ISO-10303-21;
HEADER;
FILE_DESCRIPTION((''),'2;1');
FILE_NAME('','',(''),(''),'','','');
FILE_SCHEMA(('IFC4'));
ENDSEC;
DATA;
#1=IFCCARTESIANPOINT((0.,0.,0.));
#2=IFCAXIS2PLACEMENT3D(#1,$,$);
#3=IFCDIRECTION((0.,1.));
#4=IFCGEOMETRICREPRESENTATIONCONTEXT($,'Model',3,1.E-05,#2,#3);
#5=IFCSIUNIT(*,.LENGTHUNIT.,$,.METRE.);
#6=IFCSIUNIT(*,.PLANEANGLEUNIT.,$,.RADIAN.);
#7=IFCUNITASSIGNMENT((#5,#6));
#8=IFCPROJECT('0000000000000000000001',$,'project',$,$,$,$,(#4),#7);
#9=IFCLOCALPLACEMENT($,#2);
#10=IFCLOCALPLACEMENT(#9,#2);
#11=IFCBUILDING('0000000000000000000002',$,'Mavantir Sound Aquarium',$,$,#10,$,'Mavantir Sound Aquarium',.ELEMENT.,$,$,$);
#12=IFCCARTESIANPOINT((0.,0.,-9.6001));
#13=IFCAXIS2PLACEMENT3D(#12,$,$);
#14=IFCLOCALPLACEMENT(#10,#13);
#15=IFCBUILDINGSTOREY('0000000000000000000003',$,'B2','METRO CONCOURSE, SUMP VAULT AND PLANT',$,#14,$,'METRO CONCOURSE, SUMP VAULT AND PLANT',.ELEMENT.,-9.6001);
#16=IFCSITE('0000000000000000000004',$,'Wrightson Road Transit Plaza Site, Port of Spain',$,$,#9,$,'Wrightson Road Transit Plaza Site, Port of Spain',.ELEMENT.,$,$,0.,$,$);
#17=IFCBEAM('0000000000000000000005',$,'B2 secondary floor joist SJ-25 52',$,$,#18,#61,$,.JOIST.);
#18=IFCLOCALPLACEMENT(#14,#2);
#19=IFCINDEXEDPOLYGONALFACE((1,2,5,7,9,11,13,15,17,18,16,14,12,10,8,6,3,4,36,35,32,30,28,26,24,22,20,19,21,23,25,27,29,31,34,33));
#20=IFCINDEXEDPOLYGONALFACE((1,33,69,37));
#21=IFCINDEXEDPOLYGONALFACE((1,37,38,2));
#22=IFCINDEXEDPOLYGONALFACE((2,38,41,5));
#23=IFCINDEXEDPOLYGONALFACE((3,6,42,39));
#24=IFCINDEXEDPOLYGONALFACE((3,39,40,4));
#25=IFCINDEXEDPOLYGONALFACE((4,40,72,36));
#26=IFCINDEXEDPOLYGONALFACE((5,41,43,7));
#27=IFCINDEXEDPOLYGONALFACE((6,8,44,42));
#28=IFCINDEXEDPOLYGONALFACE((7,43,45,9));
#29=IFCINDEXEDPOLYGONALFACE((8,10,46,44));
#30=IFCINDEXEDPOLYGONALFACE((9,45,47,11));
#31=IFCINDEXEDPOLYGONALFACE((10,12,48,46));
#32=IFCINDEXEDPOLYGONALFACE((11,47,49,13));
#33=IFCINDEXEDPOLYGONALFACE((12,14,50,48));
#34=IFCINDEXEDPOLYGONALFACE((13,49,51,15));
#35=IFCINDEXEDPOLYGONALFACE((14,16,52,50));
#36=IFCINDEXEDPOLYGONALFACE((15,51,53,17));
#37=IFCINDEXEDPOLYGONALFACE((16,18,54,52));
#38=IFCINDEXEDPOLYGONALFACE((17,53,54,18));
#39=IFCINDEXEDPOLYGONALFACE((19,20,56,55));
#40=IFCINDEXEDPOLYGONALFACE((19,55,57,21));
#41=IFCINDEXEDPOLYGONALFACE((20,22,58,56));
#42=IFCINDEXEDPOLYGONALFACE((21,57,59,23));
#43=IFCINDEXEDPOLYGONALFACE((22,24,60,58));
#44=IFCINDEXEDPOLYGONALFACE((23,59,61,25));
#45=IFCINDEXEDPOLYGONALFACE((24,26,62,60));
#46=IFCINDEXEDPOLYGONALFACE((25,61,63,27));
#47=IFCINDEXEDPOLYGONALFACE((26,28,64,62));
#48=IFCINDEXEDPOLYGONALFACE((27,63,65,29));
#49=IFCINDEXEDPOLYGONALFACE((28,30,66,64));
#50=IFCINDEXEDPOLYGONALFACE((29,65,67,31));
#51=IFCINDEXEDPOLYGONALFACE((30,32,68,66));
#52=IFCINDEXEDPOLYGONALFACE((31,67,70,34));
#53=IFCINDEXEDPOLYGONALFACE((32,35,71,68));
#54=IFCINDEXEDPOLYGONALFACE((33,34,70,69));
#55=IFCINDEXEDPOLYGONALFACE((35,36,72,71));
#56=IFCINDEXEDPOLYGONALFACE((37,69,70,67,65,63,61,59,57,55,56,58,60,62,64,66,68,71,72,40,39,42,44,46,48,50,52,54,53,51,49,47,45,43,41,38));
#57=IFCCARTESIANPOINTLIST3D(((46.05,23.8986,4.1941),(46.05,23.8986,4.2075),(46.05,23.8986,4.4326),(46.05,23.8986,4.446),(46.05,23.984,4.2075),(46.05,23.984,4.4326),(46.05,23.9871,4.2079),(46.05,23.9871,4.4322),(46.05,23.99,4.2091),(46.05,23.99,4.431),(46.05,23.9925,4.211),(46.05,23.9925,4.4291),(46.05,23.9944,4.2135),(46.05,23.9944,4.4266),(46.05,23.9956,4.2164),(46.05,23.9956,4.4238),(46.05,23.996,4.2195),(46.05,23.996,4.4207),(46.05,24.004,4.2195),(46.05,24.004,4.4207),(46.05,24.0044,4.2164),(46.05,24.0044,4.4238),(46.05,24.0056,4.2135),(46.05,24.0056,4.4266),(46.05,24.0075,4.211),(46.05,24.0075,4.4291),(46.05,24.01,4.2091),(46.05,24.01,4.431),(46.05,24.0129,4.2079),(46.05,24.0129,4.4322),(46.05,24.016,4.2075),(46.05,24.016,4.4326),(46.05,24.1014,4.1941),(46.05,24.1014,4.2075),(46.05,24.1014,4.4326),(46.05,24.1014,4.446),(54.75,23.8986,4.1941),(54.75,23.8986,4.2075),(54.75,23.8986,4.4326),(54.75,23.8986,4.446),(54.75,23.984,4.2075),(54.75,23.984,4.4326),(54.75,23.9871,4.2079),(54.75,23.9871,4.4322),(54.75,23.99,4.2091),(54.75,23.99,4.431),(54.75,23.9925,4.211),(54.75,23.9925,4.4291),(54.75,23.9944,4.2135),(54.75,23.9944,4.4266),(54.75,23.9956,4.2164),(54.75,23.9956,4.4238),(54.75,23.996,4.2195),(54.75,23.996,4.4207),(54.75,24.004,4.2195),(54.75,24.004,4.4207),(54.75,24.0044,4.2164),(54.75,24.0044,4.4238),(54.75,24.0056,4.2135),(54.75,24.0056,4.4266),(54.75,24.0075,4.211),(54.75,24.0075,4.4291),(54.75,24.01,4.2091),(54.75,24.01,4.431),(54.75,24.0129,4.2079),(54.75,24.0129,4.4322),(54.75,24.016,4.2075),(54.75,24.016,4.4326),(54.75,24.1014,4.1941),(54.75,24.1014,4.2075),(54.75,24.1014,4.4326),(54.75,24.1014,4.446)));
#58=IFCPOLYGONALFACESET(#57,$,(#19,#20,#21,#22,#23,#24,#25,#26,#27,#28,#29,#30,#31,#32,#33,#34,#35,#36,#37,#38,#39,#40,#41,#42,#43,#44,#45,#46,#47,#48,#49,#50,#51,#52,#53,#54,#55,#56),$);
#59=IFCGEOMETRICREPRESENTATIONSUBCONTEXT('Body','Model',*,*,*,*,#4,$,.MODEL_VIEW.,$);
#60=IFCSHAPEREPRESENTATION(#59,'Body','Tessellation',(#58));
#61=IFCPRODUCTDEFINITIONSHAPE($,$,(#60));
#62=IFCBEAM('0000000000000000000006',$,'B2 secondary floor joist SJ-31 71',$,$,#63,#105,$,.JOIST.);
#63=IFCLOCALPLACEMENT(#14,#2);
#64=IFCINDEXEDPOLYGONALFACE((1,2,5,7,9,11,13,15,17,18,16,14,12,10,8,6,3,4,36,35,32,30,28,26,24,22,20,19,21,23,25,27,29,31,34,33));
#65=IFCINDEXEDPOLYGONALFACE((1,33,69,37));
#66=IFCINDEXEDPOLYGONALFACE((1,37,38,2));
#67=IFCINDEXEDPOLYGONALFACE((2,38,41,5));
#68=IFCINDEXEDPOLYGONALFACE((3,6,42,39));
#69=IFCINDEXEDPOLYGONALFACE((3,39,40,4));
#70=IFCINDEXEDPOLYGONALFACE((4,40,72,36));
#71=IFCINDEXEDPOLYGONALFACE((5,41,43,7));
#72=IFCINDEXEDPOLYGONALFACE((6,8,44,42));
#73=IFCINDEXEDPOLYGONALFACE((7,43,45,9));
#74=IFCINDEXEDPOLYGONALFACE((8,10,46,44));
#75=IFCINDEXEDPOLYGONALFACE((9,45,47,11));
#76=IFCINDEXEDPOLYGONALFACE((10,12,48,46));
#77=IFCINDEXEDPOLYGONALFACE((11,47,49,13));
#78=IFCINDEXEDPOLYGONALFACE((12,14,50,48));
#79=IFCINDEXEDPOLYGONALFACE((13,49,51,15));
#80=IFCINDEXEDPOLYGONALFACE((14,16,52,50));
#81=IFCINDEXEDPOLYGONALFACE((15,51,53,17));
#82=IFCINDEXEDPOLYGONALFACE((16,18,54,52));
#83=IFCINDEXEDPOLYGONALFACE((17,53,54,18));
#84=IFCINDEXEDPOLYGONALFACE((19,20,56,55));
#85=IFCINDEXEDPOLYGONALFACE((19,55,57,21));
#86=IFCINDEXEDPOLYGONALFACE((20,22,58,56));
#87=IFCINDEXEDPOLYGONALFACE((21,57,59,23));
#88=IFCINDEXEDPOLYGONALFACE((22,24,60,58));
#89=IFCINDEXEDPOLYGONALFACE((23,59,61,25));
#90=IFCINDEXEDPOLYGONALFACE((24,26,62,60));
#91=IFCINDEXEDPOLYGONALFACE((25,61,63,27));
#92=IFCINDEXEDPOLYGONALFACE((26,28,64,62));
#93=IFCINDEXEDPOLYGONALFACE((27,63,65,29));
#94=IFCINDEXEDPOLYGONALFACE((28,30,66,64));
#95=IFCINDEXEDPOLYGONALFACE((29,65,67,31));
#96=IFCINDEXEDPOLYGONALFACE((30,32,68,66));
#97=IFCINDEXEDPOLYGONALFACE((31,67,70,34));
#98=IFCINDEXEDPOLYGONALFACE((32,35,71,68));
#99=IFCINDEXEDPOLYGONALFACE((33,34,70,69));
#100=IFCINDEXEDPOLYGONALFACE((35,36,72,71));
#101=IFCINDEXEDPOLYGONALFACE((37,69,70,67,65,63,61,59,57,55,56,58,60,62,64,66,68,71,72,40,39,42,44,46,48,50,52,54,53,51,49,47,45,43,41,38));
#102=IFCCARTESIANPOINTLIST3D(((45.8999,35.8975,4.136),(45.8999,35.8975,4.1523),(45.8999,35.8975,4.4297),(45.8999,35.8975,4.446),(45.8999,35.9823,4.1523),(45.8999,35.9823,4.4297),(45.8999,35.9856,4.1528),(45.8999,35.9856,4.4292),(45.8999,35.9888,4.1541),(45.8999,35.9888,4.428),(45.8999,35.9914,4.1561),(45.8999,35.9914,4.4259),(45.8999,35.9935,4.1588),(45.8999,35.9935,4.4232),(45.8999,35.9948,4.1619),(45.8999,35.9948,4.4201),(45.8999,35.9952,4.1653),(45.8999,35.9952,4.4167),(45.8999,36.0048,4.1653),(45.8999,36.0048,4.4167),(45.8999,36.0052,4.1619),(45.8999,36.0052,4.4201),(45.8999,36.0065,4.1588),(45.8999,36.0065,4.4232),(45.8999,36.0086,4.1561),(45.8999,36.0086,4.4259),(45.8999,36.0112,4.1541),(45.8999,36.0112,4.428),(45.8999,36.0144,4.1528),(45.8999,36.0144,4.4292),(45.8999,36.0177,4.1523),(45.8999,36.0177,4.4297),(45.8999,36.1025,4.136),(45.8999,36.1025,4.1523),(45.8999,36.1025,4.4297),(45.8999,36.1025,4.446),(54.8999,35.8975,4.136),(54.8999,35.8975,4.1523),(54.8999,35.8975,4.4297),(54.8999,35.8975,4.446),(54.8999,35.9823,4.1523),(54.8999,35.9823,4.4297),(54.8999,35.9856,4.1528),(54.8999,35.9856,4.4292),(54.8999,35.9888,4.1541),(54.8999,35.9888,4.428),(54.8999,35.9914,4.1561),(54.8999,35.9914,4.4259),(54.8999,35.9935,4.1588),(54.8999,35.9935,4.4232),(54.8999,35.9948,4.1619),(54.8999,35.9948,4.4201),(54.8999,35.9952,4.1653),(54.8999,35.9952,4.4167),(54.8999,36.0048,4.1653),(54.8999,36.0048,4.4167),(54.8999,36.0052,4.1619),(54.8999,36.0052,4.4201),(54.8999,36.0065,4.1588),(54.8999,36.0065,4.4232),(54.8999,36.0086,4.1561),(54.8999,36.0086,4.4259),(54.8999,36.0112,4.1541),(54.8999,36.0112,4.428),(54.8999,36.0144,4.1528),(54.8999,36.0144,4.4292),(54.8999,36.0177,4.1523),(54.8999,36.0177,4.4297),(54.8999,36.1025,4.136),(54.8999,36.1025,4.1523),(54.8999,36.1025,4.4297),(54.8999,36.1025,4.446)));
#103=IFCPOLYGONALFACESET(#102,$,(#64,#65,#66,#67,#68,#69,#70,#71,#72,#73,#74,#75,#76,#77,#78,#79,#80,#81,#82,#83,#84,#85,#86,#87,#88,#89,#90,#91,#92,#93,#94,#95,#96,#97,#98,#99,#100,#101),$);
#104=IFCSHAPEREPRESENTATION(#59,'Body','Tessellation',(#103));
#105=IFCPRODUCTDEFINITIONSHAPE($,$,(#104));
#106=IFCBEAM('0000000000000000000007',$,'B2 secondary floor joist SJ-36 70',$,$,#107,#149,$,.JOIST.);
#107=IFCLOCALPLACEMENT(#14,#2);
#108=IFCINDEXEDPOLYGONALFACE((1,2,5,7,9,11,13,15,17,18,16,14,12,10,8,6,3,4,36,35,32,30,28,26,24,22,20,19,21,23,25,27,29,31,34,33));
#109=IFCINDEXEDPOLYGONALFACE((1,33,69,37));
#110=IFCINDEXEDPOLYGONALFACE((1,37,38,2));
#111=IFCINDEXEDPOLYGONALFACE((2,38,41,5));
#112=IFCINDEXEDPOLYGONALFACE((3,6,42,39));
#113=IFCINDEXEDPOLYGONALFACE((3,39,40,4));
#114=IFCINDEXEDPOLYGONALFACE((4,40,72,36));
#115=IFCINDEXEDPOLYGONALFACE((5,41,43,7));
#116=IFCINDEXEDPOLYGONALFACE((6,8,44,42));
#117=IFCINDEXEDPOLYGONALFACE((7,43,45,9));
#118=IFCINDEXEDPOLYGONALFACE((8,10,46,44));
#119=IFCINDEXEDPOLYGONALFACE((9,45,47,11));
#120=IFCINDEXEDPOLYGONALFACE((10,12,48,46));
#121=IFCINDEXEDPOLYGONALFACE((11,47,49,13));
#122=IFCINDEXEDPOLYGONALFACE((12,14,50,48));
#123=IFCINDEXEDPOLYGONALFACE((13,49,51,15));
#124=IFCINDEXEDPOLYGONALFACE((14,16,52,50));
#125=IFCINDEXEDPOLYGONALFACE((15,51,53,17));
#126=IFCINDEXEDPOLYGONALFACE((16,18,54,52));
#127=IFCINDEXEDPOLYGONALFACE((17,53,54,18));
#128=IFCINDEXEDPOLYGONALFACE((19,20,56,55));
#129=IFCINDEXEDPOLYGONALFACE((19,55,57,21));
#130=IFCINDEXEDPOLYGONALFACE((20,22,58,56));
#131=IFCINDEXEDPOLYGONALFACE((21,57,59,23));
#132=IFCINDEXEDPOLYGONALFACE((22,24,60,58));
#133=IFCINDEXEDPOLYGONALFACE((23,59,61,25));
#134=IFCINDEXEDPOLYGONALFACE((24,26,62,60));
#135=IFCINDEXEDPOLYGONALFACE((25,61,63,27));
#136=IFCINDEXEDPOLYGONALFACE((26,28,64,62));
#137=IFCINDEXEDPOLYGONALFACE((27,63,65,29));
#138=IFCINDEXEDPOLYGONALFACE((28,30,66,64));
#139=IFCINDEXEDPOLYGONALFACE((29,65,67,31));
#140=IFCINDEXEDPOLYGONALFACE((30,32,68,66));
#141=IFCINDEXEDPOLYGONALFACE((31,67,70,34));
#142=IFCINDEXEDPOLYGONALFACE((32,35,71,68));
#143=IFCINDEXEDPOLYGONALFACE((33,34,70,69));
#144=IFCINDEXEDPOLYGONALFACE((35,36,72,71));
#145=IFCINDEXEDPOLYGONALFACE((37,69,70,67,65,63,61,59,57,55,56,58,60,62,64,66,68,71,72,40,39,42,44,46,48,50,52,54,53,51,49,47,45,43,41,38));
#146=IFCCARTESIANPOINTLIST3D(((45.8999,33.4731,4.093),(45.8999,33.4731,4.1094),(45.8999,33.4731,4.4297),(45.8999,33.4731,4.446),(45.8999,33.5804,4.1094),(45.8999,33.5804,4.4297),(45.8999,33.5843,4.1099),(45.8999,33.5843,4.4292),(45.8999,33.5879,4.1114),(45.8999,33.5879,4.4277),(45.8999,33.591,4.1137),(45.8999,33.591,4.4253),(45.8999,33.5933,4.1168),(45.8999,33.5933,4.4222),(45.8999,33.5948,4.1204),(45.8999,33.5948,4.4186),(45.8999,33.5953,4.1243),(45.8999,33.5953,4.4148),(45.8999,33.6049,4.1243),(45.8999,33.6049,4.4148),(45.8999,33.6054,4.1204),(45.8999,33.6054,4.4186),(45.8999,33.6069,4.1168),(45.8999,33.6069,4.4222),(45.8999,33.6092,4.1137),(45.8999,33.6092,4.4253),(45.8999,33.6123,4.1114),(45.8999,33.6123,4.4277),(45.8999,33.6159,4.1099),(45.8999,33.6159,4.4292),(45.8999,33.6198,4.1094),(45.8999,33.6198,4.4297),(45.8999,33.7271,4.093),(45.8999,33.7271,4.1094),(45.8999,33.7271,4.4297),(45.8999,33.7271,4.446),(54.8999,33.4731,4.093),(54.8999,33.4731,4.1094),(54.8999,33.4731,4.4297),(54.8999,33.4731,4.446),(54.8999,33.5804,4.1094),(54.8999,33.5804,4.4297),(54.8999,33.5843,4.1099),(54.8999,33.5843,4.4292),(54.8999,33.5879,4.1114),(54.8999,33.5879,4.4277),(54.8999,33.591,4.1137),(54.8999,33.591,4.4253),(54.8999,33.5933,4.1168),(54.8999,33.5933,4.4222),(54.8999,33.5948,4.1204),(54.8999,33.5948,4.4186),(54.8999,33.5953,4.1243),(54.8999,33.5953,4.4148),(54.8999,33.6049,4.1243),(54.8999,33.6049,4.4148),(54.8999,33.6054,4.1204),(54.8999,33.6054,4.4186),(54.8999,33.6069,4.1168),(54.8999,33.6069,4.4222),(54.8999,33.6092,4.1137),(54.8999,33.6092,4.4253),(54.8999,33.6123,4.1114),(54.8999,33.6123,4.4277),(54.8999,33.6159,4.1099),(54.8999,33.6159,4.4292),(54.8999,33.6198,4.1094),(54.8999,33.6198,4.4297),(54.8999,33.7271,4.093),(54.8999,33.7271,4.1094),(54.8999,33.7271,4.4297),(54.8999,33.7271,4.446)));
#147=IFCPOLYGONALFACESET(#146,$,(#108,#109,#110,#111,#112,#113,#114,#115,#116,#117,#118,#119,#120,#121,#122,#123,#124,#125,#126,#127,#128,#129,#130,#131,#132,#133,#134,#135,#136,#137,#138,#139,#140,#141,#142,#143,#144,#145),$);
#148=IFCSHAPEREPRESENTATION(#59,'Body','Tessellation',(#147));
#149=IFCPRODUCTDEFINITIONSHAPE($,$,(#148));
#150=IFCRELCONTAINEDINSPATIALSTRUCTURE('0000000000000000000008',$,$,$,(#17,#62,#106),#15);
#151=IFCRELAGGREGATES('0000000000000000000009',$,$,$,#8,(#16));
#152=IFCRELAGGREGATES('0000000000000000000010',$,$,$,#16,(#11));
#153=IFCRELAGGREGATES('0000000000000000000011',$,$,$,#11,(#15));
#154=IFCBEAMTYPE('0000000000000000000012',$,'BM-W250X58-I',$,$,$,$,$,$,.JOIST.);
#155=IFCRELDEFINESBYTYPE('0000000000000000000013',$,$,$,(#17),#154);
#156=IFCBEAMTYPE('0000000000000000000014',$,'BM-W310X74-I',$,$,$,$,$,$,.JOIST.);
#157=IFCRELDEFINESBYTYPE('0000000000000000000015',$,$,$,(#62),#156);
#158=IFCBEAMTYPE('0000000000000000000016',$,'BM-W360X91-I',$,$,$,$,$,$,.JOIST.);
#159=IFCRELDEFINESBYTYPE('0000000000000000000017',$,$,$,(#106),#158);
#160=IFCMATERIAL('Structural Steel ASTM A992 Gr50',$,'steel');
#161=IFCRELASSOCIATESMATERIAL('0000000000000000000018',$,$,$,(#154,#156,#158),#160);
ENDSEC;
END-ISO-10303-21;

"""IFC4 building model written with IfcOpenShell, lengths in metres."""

from ifc_helpers import new_model, si_unit, direction, frame, origin, origin_2d, place, context, subcontext, project, spatial, i_section, extrude, material, material_profile, profile_set, type_object, element, save


model = new_model("IFC4")

# Units and contexts
model_context = context("Model", 3, precision=1e-05, world=origin(), true_north=direction((0.0, 1.0)))
body_context = subcontext(model_context, "Body", "Model", "MODEL_VIEW")
ifc_project = project(units=[si_unit("LENGTHUNIT", "METRE"), si_unit("PLANEANGLEUNIT", "RADIAN")], contexts=[model_context])

# Site, building, storey
site_placement = place(None, origin())
site = spatial("IfcSite", under=ifc_project, at=site_placement, Name="Wrightson Road Transit Plaza Site, Port of Spain", LongName="Wrightson Road Transit Plaza Site, Port of Spain", CompositionType="ELEMENT", RefElevation=0.0)
building_placement = place(site_placement, origin())
building = spatial("IfcBuilding", under=site, at=building_placement, Name="Mavantir Sound Aquarium", LongName="Mavantir Sound Aquarium", CompositionType="ELEMENT")
storey_placement = place(building_placement, frame((0.0, 0.0, -9.6001)))
storey = spatial("IfcBuildingStorey", under=building, at=storey_placement, Name="B2", Description="METRO CONCOURSE, SUMP VAULT AND PLANT", LongName="METRO CONCOURSE, SUMP VAULT AND PLANT", CompositionType="ELEMENT", Elevation=-9.6001)

# Beams
ifc_material_1 = material(Name="Structural Steel ASTM A992 Gr50", Category="steel")
ifc_material_profile_1 = material_profile(ifc_material_1, i_section(OverallWidth=0.2029, OverallDepth=0.252, WebThickness=0.0081, FlangeThickness=0.0134, FilletRadius=0.012, at=origin_2d()), Name="W250X58")
ifc_profile_set_1 = profile_set([ifc_material_profile_1], Name="Structural Steel ASTM A992 Gr50")
beam_type_1 = type_object("IfcBeamType", Name="BM-W250X58-I", PredefinedType="JOIST", material=ifc_profile_set_1)
beam_1_placement = place(storey_placement, frame((46.05, 24.0, 4.3201), z_axis=(1.0, 0.0, 0.0), x_axis=(0.0, 1.0, 0.0)))
element("IfcBeam", 1, at=beam_1_placement, inside=storey, type_object=beam_type_1, Name="B2 secondary floor joist SJ-25 52", PredefinedType="JOIST", context=body_context, shape_type="SweptSolid", body=[
    extrude(i_section(OverallWidth=0.2029, OverallDepth=0.252, WebThickness=0.0081, FlangeThickness=0.0134, FilletRadius=0.012, at=origin_2d()), origin(), (0.0, 0.0, 1.0), 8.7),
])
ifc_material_profile_2 = material_profile(ifc_material_1, i_section(OverallWidth=0.2051, OverallDepth=0.3101, WebThickness=0.0095, FlangeThickness=0.0164, FilletRadius=0.0129, at=origin_2d()), Name="W310X74")
ifc_profile_set_2 = profile_set([ifc_material_profile_2], Name="Structural Steel ASTM A992 Gr50")
beam_type_2 = type_object("IfcBeamType", Name="BM-W310X74-I", PredefinedType="JOIST", material=ifc_profile_set_2)
beam_2_placement = place(storey_placement, frame((45.8999, 36.0, 4.291), z_axis=(1.0, 0.0, 0.0), x_axis=(0.0, 1.0, 0.0)))
element("IfcBeam", 2, at=beam_2_placement, inside=storey, type_object=beam_type_2, Name="B2 secondary floor joist SJ-31 71", PredefinedType="JOIST", context=body_context, shape_type="SweptSolid", body=[
    extrude(i_section(OverallWidth=0.2051, OverallDepth=0.3101, WebThickness=0.0095, FlangeThickness=0.0164, FilletRadius=0.0129, at=origin_2d()), origin(), (0.0, 0.0, 1.0), 9.0),
])
ifc_material_profile_3 = material_profile(ifc_material_1, i_section(OverallWidth=0.2539, OverallDepth=0.353, WebThickness=0.0095, FlangeThickness=0.0164, FilletRadius=0.0149, at=origin_2d()), Name="W360X91")
ifc_profile_set_3 = profile_set([ifc_material_profile_3], Name="Structural Steel ASTM A992 Gr50")
beam_type_3 = type_object("IfcBeamType", Name="BM-W360X91-I", PredefinedType="JOIST", material=ifc_profile_set_3)
beam_3_placement = place(storey_placement, frame((45.8999, 33.6001, 4.2695), z_axis=(1.0, 0.0, 0.0), x_axis=(0.0, 1.0, 0.0)))
element("IfcBeam", 3, at=beam_3_placement, inside=storey, type_object=beam_type_3, Name="B2 secondary floor joist SJ-36 70", PredefinedType="JOIST", context=body_context, shape_type="SweptSolid", body=[
    extrude(i_section(OverallWidth=0.2539, OverallDepth=0.353, WebThickness=0.0095, FlangeThickness=0.0164, FilletRadius=0.0149, at=origin_2d()), origin(), (0.0, 0.0, 1.0), 9.0),
])

save(model, "model.ifc")
